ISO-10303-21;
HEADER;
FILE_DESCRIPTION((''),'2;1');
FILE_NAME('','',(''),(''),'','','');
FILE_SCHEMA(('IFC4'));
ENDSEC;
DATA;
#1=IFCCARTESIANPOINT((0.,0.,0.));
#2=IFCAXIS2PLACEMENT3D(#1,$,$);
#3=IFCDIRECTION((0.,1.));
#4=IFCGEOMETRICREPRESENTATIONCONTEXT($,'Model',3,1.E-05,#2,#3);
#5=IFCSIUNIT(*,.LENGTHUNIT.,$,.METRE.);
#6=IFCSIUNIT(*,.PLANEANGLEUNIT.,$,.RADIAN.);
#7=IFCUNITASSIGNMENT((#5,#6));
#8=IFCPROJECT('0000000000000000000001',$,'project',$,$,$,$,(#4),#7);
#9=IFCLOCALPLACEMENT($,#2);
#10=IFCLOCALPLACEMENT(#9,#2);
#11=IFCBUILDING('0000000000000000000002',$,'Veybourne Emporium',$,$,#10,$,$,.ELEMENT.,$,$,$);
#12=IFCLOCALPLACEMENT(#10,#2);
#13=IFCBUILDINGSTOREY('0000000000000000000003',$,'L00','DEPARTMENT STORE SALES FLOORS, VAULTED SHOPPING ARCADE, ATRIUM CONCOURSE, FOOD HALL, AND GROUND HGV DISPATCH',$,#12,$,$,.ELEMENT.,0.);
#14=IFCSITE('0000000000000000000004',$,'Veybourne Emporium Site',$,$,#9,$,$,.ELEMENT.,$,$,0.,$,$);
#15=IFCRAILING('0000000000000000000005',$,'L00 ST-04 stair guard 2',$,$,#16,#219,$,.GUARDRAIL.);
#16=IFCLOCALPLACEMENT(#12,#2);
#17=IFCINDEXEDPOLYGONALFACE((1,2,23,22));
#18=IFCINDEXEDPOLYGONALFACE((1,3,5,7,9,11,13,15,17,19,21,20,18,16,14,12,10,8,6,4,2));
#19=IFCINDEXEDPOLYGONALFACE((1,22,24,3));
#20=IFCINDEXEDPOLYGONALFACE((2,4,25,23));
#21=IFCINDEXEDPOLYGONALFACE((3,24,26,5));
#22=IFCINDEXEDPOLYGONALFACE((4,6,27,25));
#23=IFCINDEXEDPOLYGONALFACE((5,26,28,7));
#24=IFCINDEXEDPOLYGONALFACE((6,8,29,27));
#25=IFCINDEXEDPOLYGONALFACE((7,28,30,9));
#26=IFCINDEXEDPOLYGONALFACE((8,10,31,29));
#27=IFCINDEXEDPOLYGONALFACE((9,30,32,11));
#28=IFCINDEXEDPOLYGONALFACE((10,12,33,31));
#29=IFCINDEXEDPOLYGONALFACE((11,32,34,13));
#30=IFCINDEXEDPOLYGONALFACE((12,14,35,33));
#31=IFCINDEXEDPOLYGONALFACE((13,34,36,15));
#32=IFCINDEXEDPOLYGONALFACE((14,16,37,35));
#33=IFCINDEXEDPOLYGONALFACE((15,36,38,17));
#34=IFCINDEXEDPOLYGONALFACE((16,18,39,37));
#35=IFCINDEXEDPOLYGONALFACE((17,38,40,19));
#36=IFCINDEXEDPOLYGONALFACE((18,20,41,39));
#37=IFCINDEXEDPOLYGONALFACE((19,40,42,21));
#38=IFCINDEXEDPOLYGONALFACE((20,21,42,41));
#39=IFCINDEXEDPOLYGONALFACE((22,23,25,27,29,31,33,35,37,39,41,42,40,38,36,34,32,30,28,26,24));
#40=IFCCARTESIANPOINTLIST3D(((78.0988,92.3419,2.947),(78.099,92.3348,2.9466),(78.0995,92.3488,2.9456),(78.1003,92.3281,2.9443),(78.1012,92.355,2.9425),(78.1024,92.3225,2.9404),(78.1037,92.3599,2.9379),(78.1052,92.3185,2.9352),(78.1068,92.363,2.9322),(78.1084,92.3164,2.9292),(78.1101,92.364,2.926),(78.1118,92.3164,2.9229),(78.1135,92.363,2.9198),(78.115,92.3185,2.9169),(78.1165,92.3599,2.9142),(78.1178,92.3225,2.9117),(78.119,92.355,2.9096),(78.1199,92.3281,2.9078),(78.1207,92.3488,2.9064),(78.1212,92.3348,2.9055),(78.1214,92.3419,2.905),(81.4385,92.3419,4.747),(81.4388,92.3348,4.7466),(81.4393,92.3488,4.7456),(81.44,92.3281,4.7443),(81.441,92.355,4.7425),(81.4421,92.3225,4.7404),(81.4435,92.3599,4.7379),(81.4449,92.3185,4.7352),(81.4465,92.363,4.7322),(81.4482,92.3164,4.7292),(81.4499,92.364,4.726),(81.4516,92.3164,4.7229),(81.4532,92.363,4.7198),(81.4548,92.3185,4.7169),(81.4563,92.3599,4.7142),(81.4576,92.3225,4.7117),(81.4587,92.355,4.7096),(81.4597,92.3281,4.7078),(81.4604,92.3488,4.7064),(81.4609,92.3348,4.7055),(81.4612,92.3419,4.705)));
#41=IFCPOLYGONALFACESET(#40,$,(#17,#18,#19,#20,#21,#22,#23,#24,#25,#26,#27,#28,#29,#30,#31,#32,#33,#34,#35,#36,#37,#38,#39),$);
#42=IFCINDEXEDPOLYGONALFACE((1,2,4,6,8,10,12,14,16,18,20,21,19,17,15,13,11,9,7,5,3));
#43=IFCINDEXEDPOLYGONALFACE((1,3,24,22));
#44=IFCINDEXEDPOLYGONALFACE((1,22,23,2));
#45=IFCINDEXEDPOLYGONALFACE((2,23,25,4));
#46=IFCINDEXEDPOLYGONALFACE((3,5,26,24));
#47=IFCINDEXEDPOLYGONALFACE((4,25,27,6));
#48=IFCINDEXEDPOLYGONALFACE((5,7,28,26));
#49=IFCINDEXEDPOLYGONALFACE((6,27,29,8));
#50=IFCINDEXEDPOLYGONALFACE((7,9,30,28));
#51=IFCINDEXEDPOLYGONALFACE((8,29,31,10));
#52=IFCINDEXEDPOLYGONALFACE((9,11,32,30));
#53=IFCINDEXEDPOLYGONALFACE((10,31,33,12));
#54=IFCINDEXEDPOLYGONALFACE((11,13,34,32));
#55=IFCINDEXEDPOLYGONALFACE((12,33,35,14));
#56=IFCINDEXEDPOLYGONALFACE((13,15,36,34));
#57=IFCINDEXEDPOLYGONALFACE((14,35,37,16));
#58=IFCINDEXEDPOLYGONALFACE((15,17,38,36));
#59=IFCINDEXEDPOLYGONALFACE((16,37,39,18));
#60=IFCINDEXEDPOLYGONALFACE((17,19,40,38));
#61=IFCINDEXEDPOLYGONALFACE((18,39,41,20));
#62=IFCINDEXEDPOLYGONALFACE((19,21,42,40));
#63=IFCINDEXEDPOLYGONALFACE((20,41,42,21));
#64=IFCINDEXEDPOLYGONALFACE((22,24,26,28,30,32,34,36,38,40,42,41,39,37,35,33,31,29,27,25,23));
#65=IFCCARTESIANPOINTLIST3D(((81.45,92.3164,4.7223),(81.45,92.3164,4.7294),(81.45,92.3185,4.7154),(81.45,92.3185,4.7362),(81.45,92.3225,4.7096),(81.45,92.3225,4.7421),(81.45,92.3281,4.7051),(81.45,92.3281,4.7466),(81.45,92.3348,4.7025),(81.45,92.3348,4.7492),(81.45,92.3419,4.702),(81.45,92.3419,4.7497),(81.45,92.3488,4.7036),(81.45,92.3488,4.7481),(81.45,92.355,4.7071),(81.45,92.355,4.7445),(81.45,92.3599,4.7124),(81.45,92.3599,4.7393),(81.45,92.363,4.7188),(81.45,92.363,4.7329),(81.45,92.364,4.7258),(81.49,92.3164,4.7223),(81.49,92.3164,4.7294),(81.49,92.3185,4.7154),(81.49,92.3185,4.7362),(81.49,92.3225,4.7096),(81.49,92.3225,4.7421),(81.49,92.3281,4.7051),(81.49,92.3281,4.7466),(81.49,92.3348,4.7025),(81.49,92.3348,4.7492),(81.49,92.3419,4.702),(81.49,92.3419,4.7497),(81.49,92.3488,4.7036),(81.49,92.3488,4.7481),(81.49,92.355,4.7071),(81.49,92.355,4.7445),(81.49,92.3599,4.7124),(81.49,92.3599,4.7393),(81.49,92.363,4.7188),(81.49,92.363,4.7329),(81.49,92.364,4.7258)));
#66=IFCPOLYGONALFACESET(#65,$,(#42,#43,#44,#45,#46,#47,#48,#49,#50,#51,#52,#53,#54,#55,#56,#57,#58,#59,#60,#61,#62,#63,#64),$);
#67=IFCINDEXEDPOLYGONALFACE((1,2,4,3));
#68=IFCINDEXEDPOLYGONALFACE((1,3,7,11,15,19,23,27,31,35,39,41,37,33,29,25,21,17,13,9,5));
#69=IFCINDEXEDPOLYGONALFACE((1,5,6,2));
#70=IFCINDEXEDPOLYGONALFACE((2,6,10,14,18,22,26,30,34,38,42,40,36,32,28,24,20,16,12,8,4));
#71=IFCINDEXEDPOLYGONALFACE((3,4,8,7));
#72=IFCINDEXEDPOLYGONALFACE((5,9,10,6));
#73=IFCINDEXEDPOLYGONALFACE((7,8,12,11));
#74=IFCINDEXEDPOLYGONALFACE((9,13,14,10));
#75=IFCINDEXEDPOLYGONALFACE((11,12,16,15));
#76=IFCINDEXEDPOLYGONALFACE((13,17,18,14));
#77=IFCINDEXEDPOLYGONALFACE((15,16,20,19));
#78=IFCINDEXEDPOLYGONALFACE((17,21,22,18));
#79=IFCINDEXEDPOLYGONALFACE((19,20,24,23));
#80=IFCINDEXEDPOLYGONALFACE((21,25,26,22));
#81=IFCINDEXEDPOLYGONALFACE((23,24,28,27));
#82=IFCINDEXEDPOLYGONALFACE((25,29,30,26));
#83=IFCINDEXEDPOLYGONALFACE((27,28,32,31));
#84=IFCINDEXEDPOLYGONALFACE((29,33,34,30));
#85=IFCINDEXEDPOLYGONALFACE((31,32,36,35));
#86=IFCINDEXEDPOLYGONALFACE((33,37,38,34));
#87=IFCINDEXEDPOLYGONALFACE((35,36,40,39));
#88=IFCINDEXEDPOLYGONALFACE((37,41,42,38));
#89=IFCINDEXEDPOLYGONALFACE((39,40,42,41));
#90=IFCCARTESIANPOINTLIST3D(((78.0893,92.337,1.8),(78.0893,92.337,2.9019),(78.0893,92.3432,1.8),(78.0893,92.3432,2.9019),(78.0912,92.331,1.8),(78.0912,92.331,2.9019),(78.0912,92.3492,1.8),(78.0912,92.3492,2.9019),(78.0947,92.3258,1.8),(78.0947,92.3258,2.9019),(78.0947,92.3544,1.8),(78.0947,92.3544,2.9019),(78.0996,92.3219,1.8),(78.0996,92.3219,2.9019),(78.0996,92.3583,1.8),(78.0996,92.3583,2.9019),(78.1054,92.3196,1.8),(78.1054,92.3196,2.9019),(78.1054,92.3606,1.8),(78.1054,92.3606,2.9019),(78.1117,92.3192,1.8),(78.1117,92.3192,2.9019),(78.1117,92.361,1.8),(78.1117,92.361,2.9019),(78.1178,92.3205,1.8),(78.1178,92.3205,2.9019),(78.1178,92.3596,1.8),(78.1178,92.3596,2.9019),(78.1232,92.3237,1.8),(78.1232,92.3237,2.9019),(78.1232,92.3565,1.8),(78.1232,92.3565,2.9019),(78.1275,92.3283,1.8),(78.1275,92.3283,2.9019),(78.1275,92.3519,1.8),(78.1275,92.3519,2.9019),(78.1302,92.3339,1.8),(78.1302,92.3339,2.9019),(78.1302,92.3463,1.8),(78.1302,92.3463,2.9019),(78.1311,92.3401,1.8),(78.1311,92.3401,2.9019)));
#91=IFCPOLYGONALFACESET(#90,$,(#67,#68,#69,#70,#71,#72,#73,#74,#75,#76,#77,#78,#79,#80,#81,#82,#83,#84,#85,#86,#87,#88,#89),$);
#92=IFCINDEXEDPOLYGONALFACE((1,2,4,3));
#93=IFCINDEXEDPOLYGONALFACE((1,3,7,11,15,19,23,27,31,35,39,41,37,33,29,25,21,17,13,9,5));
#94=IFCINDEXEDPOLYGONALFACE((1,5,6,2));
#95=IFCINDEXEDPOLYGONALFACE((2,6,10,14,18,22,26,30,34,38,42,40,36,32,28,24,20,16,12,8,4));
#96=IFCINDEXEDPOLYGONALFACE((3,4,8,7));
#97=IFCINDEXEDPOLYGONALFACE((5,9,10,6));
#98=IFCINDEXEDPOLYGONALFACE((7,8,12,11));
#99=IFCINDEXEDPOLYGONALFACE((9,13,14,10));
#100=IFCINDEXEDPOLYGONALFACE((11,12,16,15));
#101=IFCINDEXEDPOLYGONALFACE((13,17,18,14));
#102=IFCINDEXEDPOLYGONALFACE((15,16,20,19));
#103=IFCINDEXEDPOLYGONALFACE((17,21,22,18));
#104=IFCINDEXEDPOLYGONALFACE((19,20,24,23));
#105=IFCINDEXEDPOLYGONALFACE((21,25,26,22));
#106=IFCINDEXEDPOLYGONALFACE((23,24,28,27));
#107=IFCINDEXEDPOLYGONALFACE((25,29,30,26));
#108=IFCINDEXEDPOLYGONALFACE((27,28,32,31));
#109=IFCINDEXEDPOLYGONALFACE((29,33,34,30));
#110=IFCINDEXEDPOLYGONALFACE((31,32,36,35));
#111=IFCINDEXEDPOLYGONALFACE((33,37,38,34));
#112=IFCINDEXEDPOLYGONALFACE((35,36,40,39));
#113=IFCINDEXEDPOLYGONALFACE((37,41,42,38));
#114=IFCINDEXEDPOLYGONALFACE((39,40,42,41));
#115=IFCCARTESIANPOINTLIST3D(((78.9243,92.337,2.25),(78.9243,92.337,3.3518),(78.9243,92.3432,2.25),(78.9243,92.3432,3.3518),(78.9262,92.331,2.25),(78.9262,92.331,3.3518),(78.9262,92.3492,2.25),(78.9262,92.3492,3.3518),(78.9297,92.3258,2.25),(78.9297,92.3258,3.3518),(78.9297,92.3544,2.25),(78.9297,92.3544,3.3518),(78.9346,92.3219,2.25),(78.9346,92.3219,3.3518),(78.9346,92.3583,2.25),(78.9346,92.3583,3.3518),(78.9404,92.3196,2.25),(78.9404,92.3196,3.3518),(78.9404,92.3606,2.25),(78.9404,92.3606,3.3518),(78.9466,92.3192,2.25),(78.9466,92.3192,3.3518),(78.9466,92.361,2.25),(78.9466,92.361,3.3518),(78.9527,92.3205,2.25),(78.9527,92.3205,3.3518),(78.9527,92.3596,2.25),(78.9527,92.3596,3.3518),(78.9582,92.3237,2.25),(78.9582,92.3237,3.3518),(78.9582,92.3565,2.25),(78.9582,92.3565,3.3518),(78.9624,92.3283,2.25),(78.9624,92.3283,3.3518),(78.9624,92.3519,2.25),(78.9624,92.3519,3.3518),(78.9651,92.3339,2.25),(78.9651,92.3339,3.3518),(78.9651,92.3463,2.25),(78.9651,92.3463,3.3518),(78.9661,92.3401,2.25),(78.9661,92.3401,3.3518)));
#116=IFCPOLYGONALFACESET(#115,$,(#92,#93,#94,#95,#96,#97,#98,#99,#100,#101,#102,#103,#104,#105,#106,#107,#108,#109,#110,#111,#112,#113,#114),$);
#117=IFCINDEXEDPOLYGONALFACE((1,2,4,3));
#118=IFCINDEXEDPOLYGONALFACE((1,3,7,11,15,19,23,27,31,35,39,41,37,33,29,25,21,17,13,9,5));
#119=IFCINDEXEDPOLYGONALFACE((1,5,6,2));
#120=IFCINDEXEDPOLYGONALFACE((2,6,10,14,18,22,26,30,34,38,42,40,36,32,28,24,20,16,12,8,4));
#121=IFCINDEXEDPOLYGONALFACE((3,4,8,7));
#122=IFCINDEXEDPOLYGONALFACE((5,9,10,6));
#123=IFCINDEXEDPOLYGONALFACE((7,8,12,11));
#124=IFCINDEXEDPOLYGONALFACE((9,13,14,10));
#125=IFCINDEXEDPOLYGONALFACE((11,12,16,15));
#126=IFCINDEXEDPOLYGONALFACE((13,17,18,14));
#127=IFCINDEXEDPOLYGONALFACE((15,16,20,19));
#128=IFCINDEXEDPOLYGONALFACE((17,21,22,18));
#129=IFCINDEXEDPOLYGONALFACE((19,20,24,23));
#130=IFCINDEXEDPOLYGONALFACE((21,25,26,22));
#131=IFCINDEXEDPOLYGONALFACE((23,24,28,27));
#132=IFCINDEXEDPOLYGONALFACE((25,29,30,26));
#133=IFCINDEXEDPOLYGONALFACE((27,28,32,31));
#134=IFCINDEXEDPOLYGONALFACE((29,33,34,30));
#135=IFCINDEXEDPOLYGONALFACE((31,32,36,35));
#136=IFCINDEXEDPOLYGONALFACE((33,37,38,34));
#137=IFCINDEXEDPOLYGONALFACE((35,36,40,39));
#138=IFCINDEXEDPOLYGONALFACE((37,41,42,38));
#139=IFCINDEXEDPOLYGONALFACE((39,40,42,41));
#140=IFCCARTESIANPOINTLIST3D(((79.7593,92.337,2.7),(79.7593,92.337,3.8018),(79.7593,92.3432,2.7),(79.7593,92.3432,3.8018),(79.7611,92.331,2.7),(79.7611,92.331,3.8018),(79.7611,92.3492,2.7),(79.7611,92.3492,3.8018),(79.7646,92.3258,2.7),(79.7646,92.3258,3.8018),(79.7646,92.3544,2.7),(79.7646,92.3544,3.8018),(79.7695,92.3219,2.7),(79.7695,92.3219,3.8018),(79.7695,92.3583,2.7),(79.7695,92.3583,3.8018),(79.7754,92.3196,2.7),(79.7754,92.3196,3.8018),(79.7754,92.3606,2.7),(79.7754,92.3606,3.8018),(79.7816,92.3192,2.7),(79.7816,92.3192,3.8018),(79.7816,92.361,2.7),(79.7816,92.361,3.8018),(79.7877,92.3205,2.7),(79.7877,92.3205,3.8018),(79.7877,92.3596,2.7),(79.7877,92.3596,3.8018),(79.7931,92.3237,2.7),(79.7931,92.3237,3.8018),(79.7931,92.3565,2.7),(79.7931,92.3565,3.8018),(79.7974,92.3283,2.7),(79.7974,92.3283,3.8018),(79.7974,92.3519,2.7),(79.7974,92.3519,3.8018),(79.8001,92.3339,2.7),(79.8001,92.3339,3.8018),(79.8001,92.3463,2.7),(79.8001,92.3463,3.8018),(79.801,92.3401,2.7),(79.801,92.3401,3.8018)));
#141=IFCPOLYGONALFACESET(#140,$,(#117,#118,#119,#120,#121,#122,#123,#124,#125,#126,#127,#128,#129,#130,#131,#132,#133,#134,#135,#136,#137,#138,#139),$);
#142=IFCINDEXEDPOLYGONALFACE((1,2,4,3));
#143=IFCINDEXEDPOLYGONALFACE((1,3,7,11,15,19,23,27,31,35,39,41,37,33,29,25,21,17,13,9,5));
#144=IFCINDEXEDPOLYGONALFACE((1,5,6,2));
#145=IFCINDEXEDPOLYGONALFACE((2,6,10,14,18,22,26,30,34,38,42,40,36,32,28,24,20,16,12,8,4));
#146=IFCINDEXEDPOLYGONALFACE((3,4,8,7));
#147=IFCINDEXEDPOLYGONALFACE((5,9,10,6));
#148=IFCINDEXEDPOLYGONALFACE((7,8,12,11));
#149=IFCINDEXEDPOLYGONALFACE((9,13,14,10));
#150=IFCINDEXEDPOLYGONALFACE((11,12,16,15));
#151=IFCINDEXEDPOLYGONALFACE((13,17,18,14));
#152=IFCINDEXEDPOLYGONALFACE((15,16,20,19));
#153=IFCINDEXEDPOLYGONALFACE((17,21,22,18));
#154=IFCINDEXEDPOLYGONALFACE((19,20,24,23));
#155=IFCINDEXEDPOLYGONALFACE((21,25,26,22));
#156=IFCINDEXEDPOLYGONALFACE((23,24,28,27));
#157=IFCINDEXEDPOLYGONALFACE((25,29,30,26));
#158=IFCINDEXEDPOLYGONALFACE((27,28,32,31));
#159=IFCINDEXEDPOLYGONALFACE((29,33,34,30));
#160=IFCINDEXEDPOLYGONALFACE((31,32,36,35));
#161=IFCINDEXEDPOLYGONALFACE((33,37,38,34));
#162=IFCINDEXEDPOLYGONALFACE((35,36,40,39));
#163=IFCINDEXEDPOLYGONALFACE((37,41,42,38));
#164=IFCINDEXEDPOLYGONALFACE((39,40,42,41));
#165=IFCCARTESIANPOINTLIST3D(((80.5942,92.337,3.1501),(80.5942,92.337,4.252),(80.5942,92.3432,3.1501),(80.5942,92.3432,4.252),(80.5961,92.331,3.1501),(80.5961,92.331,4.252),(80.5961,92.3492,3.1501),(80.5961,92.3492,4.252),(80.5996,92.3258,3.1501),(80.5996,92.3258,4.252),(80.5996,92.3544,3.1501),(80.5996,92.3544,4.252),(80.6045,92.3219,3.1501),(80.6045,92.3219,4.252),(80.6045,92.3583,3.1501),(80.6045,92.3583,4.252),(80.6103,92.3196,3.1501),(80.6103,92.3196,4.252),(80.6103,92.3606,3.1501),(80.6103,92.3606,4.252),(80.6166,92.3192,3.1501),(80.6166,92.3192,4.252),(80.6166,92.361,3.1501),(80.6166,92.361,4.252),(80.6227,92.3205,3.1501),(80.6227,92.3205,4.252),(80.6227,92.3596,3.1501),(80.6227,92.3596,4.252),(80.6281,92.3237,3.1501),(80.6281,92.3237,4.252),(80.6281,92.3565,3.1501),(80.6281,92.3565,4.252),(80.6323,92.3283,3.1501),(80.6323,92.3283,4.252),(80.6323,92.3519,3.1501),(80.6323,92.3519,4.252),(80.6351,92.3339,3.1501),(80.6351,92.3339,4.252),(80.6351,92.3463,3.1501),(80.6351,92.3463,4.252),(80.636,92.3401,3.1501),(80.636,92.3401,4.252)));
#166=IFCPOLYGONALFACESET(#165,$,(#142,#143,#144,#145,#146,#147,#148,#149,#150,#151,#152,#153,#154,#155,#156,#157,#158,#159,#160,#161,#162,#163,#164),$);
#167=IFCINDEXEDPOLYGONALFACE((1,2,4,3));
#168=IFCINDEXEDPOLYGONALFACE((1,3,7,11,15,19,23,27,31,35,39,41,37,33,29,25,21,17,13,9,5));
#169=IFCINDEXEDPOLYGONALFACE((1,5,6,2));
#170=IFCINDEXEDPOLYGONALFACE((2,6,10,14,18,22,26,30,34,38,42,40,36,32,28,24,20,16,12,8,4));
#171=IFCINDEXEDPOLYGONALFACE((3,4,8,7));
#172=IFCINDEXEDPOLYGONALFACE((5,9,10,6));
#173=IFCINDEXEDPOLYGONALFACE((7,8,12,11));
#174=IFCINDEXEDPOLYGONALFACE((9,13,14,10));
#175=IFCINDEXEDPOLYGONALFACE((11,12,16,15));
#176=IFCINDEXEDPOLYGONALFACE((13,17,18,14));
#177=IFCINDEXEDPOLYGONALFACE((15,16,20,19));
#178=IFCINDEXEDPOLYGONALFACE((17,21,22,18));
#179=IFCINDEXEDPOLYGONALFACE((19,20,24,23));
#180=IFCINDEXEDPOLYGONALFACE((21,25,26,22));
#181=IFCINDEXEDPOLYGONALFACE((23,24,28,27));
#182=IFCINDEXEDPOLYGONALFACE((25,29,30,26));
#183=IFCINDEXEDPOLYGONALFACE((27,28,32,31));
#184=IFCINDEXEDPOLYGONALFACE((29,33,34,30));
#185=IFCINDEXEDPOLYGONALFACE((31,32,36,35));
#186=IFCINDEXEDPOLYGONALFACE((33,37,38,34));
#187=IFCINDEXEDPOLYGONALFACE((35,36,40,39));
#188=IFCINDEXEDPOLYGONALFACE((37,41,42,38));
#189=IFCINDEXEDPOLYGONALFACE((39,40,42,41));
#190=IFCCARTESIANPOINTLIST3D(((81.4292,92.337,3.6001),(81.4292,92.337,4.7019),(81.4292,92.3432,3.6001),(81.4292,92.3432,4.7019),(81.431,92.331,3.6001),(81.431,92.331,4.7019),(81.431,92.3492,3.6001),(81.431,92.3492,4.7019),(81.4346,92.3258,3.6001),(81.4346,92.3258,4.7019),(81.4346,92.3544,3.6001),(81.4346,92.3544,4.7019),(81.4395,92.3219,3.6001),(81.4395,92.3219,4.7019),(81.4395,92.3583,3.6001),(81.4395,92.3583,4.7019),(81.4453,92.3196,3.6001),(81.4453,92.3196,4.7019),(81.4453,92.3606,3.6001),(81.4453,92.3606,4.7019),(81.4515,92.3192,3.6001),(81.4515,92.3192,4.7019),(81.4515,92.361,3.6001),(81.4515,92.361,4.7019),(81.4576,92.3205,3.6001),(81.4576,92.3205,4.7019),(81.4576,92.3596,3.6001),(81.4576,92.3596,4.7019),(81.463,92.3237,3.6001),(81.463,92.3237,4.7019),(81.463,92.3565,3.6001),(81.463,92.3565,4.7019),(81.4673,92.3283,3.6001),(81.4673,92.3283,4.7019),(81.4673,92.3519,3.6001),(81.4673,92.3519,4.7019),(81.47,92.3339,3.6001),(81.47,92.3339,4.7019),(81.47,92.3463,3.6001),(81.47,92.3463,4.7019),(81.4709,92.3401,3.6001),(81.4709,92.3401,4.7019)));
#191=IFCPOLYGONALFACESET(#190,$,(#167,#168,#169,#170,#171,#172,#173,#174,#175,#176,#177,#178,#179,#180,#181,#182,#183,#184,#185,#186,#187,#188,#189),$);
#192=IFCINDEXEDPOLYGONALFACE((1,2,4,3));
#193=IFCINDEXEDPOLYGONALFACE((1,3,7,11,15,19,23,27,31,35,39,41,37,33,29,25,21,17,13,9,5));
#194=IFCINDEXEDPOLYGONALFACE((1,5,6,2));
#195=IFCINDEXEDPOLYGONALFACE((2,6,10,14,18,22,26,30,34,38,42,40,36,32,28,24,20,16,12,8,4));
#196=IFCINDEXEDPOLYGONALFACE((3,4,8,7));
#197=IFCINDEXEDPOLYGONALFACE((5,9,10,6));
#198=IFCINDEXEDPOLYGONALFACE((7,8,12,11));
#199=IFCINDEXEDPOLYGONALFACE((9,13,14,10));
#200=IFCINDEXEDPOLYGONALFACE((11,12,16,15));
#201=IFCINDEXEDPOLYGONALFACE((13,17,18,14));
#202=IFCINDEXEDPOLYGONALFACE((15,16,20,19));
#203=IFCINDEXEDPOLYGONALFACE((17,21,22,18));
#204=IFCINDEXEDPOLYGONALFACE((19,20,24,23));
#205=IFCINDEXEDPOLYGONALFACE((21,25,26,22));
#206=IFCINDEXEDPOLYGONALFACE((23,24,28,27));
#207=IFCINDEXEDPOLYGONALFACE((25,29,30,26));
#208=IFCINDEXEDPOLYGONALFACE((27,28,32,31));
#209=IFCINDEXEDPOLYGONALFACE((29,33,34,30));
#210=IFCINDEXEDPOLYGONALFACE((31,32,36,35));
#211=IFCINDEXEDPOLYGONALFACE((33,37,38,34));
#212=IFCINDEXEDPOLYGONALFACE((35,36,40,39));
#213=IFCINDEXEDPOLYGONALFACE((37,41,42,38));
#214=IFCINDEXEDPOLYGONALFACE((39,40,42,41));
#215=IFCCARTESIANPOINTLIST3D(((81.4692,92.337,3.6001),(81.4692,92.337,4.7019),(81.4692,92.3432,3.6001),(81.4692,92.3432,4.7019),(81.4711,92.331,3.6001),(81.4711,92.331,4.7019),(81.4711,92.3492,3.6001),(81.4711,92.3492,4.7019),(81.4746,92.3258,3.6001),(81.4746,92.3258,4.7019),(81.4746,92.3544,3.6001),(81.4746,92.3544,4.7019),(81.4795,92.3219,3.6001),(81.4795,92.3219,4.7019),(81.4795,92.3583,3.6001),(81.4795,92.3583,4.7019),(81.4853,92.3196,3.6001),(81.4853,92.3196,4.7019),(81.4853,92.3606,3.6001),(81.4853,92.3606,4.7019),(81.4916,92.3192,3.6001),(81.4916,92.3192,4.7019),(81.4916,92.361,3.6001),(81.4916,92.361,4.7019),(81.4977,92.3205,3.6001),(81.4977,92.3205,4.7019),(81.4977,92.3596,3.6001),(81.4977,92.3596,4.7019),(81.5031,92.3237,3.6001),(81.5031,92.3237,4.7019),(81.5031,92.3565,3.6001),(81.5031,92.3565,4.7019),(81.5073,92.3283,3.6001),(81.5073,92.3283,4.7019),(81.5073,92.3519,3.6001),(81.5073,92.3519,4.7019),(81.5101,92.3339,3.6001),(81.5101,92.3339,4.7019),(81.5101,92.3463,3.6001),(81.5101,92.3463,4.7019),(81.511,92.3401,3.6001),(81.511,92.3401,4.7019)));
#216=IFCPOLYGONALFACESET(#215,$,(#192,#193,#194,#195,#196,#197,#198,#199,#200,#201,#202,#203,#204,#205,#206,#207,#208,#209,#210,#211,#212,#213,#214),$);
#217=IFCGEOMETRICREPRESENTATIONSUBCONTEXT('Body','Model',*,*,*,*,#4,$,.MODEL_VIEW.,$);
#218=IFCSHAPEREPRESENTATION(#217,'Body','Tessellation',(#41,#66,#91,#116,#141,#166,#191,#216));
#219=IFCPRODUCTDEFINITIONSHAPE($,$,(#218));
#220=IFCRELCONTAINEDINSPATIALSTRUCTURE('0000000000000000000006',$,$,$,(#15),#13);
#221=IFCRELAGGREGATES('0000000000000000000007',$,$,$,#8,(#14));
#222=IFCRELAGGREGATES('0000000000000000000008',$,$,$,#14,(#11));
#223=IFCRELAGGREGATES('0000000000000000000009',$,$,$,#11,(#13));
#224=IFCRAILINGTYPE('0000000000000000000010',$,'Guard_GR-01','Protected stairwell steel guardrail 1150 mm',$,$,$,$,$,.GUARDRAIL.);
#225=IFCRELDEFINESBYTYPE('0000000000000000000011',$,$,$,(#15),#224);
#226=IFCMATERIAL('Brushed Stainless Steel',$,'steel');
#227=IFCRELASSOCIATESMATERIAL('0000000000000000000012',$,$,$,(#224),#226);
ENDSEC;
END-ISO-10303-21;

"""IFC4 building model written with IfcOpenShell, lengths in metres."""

from ifc_helpers import new_model, si_unit, direction, frame, origin, origin_2d, place, context, subcontext, project, spatial, circle, extrude, material, type_object, element, save


model = new_model("IFC4")

# Units and contexts
model_context = context("Model", 3, precision=1e-05, world=origin(), true_north=direction((0.0, 1.0)))
body_context = subcontext(model_context, "Body", "Model", "MODEL_VIEW")
ifc_project = project(units=[si_unit("LENGTHUNIT", "METRE"), si_unit("PLANEANGLEUNIT", "RADIAN")], contexts=[model_context])

# Site, building, storey
site_placement = place(None, origin())
site = spatial("IfcSite", under=ifc_project, at=site_placement, Name="Veybourne Emporium Site", CompositionType="ELEMENT", RefElevation=0.0)
building_placement = place(site_placement, origin())
building = spatial("IfcBuilding", under=site, at=building_placement, Name="Veybourne Emporium", CompositionType="ELEMENT")
storey_placement = place(building_placement, origin())
storey = spatial("IfcBuildingStorey", under=building, at=storey_placement, Name="L00", Description="DEPARTMENT STORE SALES FLOORS, VAULTED SHOPPING ARCADE, ATRIUM CONCOURSE, FOOD HALL, AND GROUND HGV DISPATCH", CompositionType="ELEMENT", Elevation=0.0)

# Railing
ifc_material_1 = material(Name="Brushed Stainless Steel", Category="steel")
railing_type_1 = type_object("IfcRailingType", Name="Guard_GR-01", Description="Protected stairwell steel guardrail 1150 mm", PredefinedType="GUARDRAIL", material=ifc_material_1)
railing_1_placement = place(storey_placement, frame((78.1101, 92.3401, 1.8)))
element("IfcRailing", 1, at=railing_1_placement, inside=storey, type_object=railing_type_1, Name="L00 ST-04 stair guard 2", PredefinedType="GUARDRAIL", context=body_context, shape_type="SweptSolid", body=[
    extrude(circle(Radius=0.0239, at=origin_2d()), frame((0.0, 0.0, 1.126), z_axis=(0.880287, 0.0, 0.474441), x_axis=(0.0, 1.0, 0.0)), (0.0, 0.0, 1.0), 3.7939),
    extrude(circle(Radius=0.0239, at=origin_2d()), frame((3.3398, 0.0, 2.9258), z_axis=(1.0, 0.0, 0.0), x_axis=(0.0, 1.0, 0.0)), (0.0, 0.0, 1.0), 0.04),
    extrude(circle(Radius=0.021, at=origin_2d()), origin(), (0.0, 0.0, 1.0), 1.1018),
    extrude(circle(Radius=0.021, at=origin_2d()), frame((0.835, 0.0, 0.45)), (0.0, 0.0, 1.0), 1.1018),
    extrude(circle(Radius=0.021, at=origin_2d()), frame((1.6699, 0.0, 0.8999)), (0.0, 0.0, 1.0), 1.1018),
    extrude(circle(Radius=0.021, at=origin_2d()), frame((2.5049, 0.0, 1.3501)), (0.0, 0.0, 1.0), 1.1018),
    extrude(circle(Radius=0.021, at=origin_2d()), frame((3.3398, 0.0, 1.8)), (0.0, 0.0, 1.0), 1.1018),
    extrude(circle(Radius=0.021, at=origin_2d()), frame((3.3799, 0.0, 1.8)), (0.0, 0.0, 1.0), 1.1018),
])

save(model, "model.ifc")
